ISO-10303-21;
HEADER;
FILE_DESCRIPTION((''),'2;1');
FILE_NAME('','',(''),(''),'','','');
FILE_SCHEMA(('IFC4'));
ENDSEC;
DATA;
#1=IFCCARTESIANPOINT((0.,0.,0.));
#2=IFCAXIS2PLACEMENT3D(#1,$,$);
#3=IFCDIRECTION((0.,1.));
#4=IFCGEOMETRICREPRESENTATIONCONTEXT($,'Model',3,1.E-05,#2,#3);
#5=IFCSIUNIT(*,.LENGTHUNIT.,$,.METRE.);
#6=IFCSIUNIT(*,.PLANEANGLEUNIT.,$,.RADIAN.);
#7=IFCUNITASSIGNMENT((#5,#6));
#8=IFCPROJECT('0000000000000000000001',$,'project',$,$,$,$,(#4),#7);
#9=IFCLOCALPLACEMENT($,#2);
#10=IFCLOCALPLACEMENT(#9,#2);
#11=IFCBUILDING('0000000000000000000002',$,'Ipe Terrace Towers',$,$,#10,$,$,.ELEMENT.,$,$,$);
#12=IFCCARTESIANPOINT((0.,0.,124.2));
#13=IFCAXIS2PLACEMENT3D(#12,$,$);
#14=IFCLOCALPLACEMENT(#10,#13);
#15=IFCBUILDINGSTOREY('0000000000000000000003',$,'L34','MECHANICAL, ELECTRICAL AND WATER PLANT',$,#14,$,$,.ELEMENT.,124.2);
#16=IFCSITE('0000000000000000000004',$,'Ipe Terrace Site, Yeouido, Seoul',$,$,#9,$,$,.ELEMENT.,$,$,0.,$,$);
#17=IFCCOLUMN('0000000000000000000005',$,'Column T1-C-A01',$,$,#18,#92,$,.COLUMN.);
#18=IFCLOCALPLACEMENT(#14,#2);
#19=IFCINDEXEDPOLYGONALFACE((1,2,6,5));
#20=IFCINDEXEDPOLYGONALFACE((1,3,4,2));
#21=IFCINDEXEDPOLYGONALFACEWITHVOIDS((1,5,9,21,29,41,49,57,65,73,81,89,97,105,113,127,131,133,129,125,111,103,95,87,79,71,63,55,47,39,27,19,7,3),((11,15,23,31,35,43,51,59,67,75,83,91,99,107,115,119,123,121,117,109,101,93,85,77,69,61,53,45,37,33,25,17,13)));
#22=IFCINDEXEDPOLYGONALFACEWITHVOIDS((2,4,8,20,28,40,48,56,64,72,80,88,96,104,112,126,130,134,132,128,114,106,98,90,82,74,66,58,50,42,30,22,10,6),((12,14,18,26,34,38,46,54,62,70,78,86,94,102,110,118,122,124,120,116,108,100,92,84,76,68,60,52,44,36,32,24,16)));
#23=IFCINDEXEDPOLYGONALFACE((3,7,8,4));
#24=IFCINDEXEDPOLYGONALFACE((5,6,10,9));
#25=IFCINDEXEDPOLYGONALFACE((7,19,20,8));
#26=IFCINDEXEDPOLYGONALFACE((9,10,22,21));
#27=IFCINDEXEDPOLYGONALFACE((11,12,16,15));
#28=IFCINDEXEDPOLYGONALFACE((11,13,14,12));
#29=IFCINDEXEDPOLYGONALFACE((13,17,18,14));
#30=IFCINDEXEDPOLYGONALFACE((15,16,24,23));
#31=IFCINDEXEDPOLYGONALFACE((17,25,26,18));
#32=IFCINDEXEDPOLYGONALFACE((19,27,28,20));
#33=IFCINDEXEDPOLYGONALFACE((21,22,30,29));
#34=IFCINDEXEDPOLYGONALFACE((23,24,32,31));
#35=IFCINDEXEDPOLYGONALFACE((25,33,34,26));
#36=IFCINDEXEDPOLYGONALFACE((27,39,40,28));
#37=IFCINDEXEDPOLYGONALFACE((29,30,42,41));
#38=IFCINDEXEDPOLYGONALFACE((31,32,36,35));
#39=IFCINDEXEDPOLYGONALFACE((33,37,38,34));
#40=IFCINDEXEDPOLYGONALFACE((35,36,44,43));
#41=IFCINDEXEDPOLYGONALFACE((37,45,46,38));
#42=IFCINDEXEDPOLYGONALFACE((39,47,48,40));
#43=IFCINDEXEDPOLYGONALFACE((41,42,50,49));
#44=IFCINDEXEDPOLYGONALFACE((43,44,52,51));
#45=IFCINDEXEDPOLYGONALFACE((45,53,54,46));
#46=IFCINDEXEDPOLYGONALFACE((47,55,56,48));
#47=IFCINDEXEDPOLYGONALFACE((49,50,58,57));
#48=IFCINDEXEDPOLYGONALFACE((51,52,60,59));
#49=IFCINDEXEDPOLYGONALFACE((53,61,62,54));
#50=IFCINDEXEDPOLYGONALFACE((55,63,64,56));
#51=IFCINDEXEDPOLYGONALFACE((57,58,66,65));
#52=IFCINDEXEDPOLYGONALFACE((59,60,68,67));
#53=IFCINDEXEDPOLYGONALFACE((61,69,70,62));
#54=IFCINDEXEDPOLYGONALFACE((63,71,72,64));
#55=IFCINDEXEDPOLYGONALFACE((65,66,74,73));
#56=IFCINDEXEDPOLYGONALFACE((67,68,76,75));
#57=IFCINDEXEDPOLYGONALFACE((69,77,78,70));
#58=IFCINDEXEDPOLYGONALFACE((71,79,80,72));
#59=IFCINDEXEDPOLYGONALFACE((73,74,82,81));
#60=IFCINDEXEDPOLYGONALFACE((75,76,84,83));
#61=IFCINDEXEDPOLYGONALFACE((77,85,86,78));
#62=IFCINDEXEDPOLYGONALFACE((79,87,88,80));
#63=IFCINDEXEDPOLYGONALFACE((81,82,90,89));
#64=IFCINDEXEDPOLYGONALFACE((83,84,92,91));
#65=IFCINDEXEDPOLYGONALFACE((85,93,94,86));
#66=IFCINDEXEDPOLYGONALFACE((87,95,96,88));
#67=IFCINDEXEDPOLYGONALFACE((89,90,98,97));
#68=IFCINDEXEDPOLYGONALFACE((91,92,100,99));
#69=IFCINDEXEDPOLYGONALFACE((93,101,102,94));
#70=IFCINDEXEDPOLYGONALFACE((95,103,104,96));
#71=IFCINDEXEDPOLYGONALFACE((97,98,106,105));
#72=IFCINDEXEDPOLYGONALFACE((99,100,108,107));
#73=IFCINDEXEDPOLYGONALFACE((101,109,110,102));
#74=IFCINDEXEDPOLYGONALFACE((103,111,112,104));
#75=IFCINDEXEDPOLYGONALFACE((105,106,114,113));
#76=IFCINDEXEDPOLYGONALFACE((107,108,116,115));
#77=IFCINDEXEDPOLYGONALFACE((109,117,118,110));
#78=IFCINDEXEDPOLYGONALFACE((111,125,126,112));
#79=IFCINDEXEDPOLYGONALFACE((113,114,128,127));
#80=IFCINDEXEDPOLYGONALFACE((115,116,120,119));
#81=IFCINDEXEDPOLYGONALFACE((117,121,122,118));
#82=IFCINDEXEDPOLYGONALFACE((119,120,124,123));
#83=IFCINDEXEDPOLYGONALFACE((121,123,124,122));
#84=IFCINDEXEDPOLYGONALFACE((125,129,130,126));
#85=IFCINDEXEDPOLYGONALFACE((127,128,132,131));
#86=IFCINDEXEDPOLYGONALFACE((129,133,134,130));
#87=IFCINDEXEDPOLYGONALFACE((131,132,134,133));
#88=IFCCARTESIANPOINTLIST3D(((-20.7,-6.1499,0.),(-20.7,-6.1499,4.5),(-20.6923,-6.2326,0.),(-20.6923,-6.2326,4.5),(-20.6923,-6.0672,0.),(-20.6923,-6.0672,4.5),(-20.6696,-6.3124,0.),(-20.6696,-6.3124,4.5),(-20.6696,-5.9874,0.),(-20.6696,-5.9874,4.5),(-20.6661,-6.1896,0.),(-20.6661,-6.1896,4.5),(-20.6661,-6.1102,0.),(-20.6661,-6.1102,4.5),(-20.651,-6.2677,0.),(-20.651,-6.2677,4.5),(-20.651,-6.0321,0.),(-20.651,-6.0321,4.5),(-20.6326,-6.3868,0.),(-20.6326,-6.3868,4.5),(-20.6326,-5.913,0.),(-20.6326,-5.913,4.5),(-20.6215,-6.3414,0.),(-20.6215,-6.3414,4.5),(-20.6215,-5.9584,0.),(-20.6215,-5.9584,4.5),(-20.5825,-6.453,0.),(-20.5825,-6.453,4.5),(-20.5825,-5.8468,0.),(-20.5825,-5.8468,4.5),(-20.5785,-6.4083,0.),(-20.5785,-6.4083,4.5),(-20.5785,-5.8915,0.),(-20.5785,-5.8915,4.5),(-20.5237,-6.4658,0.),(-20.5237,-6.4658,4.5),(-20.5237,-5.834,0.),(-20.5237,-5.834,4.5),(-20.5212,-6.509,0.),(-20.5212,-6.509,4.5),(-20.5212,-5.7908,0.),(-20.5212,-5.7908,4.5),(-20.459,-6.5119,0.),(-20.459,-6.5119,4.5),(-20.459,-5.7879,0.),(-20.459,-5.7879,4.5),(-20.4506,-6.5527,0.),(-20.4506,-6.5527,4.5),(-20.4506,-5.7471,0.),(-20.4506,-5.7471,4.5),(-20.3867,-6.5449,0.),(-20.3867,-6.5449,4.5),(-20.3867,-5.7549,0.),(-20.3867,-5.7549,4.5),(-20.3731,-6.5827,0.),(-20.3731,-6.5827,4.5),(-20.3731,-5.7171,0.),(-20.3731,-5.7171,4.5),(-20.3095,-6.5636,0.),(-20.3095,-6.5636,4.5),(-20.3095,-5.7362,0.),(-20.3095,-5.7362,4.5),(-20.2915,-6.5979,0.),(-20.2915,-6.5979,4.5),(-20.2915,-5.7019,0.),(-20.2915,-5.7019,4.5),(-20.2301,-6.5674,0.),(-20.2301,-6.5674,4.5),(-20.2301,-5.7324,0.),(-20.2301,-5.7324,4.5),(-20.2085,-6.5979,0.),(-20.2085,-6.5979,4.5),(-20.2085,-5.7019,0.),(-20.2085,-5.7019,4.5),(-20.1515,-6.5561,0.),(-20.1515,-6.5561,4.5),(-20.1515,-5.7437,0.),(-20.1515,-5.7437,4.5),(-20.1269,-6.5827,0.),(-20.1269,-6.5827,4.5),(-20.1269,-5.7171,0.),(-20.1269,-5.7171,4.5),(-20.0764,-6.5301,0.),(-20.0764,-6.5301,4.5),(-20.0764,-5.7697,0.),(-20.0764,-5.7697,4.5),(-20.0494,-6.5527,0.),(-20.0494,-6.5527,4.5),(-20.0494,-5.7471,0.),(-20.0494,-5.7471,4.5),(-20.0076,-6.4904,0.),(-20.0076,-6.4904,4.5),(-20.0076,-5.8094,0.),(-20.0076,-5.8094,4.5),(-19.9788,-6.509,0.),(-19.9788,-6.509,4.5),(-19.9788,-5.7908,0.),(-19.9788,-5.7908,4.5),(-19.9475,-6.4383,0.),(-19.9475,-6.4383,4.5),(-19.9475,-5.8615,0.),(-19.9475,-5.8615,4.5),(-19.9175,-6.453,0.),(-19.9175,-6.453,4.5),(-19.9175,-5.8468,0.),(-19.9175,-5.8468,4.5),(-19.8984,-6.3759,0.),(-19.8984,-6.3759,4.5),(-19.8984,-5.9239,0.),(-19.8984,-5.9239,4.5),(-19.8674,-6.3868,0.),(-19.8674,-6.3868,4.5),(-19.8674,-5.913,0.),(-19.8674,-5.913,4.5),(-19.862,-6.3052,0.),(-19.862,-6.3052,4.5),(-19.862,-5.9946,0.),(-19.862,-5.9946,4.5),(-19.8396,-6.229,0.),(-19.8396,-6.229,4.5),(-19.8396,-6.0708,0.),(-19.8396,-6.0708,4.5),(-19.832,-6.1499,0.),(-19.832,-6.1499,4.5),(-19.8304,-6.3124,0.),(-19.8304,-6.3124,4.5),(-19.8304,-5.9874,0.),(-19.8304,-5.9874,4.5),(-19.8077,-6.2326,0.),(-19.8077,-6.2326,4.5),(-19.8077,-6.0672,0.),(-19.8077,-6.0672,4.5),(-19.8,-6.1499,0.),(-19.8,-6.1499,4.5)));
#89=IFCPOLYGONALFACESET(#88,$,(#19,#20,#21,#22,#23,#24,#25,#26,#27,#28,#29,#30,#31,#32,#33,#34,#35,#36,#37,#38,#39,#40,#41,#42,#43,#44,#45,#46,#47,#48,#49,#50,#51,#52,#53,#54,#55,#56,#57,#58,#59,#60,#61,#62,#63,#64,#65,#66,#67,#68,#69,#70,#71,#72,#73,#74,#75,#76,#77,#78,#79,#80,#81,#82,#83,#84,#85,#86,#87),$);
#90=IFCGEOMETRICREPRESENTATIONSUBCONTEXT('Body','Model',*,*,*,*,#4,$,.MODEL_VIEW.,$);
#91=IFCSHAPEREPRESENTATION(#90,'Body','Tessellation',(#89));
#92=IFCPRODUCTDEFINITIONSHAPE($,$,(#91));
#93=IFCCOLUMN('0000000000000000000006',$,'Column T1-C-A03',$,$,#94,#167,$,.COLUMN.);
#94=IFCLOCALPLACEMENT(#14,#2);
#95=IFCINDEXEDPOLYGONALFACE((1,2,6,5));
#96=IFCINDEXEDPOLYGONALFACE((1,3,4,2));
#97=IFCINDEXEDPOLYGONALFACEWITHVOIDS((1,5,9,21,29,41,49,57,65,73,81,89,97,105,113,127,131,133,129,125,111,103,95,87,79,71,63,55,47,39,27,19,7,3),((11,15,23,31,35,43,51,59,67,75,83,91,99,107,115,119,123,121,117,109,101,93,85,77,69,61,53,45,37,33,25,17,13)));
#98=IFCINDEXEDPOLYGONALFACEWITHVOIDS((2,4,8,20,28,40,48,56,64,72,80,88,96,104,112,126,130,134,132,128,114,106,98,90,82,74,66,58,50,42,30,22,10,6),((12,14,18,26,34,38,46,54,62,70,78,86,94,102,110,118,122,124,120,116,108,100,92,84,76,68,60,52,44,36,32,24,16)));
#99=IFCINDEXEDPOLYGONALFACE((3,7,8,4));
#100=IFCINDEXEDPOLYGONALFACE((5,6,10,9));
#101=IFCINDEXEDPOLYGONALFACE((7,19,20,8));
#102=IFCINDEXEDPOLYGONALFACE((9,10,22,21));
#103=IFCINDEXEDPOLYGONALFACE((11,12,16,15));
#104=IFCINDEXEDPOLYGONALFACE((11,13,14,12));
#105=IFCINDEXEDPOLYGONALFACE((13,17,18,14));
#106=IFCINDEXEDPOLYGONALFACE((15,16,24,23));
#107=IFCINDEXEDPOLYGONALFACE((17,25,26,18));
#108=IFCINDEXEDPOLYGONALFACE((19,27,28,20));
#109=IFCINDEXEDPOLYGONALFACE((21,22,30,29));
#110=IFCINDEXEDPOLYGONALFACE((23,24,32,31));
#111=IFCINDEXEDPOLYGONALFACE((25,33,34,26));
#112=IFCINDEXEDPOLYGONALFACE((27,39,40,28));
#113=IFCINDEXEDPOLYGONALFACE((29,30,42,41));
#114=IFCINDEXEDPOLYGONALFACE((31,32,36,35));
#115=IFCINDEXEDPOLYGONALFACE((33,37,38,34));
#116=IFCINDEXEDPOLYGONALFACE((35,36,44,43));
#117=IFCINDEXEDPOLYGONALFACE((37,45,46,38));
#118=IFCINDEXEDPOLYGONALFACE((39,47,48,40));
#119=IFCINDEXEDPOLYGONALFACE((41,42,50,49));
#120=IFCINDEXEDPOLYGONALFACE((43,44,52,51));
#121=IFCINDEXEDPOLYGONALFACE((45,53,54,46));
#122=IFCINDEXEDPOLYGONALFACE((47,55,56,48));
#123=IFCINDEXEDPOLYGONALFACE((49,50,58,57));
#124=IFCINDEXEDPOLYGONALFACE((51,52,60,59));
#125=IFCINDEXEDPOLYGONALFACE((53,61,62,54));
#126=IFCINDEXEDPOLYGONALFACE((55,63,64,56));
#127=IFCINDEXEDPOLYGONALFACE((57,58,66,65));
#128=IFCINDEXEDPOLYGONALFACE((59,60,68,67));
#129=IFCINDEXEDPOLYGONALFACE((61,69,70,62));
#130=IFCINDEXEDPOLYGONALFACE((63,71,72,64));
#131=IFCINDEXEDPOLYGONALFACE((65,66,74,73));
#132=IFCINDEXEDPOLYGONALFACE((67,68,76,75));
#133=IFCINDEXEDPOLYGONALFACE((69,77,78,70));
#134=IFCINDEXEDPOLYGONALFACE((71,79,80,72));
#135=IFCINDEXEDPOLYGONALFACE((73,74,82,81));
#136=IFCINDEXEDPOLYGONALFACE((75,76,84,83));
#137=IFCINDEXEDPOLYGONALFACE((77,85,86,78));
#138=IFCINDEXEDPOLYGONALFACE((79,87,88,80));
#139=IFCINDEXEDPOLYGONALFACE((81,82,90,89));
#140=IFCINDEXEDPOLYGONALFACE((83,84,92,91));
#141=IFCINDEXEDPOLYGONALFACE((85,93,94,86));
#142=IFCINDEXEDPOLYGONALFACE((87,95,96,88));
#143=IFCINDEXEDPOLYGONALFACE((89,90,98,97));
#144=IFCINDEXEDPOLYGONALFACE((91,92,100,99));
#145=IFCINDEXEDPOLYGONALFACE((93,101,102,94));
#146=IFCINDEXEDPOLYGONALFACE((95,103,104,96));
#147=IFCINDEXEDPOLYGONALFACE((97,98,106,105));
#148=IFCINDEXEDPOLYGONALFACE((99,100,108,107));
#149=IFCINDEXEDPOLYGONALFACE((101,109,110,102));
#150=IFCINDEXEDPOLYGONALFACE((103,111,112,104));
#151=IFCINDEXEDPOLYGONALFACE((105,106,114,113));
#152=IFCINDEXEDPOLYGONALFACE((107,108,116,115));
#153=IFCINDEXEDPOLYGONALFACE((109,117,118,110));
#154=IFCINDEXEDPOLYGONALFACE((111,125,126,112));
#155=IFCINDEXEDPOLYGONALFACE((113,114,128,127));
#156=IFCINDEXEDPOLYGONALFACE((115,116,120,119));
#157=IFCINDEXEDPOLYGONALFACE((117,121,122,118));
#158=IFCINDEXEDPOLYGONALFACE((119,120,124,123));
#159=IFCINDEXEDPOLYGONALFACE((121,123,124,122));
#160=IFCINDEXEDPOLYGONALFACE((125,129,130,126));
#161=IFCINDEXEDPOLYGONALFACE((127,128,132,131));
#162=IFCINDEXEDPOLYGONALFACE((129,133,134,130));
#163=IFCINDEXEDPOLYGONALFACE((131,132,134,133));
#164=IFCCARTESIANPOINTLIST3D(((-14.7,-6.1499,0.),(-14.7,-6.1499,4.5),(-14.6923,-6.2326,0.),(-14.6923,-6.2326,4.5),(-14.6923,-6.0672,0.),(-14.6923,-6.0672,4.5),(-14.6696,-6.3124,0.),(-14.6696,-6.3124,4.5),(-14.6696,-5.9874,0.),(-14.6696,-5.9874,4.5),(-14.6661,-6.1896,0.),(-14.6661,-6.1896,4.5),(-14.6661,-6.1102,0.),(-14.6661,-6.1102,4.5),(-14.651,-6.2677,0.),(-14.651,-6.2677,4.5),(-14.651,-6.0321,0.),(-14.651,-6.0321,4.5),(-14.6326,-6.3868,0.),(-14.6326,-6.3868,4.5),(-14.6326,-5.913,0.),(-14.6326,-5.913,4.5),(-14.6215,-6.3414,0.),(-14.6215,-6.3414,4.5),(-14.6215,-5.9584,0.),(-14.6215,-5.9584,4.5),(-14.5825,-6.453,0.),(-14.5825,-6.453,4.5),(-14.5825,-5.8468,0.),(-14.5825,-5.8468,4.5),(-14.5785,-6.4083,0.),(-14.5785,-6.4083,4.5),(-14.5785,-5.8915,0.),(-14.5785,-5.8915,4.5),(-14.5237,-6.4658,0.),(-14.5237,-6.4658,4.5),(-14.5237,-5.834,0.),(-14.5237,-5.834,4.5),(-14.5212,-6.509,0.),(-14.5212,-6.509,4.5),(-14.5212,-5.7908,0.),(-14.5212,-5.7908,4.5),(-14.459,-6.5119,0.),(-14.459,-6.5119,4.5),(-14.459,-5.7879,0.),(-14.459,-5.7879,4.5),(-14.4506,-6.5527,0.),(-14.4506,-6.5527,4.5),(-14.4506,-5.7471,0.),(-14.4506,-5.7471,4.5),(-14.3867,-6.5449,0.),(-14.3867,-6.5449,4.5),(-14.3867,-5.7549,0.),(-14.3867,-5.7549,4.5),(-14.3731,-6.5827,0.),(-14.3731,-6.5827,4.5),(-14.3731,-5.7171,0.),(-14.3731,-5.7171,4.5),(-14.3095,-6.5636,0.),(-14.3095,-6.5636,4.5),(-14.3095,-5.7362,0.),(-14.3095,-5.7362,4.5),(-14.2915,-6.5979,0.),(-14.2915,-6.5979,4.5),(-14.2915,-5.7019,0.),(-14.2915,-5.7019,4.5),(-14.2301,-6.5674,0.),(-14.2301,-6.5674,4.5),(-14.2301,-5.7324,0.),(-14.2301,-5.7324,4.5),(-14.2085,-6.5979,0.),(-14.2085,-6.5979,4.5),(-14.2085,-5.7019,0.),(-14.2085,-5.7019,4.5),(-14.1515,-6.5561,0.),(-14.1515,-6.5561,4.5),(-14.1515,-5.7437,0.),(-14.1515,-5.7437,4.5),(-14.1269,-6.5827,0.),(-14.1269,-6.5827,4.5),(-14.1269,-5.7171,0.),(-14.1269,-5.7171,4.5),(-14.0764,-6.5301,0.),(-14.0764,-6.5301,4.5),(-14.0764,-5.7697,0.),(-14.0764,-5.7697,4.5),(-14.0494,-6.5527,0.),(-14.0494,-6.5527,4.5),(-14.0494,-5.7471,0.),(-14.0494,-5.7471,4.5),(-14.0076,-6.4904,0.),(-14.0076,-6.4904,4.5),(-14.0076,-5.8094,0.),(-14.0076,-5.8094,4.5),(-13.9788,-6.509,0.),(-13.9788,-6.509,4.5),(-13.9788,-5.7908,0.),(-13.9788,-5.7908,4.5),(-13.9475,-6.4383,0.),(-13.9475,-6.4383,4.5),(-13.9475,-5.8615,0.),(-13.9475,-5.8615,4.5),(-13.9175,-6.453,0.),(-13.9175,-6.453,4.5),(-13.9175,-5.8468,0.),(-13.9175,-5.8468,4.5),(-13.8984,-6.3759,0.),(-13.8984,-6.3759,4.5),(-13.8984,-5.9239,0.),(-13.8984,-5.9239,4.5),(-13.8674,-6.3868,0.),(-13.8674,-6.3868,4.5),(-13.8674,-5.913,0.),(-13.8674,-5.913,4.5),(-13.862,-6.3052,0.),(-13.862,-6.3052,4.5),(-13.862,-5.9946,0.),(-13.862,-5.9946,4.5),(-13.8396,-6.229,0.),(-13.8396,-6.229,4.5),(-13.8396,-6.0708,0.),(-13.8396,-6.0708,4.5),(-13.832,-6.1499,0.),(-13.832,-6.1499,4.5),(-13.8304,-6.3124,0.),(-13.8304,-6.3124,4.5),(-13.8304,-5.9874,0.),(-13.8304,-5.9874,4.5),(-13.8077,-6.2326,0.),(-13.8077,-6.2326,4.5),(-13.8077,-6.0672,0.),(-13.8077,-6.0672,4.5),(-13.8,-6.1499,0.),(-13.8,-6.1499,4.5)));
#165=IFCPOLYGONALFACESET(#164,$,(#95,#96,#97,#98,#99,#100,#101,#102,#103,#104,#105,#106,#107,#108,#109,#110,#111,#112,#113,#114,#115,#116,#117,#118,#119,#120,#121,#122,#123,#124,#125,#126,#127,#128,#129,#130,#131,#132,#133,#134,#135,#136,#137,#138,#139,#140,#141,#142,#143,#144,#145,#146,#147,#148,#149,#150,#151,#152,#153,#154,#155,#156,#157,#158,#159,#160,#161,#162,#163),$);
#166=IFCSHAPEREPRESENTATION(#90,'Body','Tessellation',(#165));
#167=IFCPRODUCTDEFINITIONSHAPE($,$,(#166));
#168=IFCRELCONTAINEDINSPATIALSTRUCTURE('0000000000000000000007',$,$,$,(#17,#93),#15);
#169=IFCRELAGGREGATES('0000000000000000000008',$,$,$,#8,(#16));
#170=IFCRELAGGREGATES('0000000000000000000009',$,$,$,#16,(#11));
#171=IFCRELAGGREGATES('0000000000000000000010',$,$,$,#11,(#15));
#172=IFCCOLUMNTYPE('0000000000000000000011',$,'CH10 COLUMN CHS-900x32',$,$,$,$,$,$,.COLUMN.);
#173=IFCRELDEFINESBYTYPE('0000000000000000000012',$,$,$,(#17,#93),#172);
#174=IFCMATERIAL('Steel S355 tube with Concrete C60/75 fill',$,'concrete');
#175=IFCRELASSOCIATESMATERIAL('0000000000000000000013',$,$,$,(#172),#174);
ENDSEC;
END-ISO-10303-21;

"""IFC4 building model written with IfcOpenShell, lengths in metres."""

from ifc_helpers import new_model, si_unit, direction, frame, origin, origin_2d, place, context, subcontext, project, spatial, hollow_circle, extrude, material, material_profile, profile_set, type_object, element, save


model = new_model("IFC4")

# Units and contexts
model_context = context("Model", 3, precision=1e-05, world=origin(), true_north=direction((0.0, 1.0)))
body_context = subcontext(model_context, "Body", "Model", "MODEL_VIEW")
ifc_project = project(units=[si_unit("LENGTHUNIT", "METRE"), si_unit("PLANEANGLEUNIT", "RADIAN")], contexts=[model_context])

# Site, building, storey
site_placement = place(None, origin())
site = spatial("IfcSite", under=ifc_project, at=site_placement, Name="Ipe Terrace Site, Yeouido, Seoul", CompositionType="ELEMENT", RefElevation=0.0)
building_placement = place(site_placement, origin())
building = spatial("IfcBuilding", under=site, at=building_placement, Name="Ipe Terrace Towers", CompositionType="ELEMENT")
storey_placement = place(building_placement, frame((0.0, 0.0, 124.2)))
storey = spatial("IfcBuildingStorey", under=building, at=storey_placement, Name="L34", Description="MECHANICAL, ELECTRICAL AND WATER PLANT", CompositionType="ELEMENT", Elevation=124.2)

# Columns
ifc_material_1 = material(Name="Steel S355 tube with Concrete C60/75 fill", Category="concrete")
ifc_material_profile_1 = material_profile(ifc_material_1, hollow_circle(Radius=0.45, WallThickness=0.032, at=origin_2d()), Name="CHS-900x32")
ifc_profile_set_1 = profile_set([ifc_material_profile_1], Name="Steel S355 tube with Concrete C60/75 fill")
column_type = type_object("IfcColumnType", Name="CH10 COLUMN CHS-900x32", PredefinedType="COLUMN", material=ifc_profile_set_1)
for number, where, z_axis, x_axis, name in (
    (1, (-20.25, -6.1499, 0.0), (0.0, 0.0, 1.0), (1.0, 0.0, 0.0), "Column T1-C-A01"),
    (2, (-14.25, -6.1499, 0.0), (0.0, 0.0, 1.0), (1.0, 0.0, 0.0), "Column T1-C-A03"),
):
    element("IfcColumn", number, at=place(storey_placement, frame(where, z_axis=z_axis, x_axis=x_axis)), inside=storey, type_object=column_type, Name=name, PredefinedType="COLUMN", context=body_context, shape_type="SweptSolid", body=[
        extrude(hollow_circle(Radius=0.45, WallThickness=0.032, at=origin_2d()), origin(), (0.0, 0.0, 1.0), 4.5),
    ])

save(model, "model.ifc")
